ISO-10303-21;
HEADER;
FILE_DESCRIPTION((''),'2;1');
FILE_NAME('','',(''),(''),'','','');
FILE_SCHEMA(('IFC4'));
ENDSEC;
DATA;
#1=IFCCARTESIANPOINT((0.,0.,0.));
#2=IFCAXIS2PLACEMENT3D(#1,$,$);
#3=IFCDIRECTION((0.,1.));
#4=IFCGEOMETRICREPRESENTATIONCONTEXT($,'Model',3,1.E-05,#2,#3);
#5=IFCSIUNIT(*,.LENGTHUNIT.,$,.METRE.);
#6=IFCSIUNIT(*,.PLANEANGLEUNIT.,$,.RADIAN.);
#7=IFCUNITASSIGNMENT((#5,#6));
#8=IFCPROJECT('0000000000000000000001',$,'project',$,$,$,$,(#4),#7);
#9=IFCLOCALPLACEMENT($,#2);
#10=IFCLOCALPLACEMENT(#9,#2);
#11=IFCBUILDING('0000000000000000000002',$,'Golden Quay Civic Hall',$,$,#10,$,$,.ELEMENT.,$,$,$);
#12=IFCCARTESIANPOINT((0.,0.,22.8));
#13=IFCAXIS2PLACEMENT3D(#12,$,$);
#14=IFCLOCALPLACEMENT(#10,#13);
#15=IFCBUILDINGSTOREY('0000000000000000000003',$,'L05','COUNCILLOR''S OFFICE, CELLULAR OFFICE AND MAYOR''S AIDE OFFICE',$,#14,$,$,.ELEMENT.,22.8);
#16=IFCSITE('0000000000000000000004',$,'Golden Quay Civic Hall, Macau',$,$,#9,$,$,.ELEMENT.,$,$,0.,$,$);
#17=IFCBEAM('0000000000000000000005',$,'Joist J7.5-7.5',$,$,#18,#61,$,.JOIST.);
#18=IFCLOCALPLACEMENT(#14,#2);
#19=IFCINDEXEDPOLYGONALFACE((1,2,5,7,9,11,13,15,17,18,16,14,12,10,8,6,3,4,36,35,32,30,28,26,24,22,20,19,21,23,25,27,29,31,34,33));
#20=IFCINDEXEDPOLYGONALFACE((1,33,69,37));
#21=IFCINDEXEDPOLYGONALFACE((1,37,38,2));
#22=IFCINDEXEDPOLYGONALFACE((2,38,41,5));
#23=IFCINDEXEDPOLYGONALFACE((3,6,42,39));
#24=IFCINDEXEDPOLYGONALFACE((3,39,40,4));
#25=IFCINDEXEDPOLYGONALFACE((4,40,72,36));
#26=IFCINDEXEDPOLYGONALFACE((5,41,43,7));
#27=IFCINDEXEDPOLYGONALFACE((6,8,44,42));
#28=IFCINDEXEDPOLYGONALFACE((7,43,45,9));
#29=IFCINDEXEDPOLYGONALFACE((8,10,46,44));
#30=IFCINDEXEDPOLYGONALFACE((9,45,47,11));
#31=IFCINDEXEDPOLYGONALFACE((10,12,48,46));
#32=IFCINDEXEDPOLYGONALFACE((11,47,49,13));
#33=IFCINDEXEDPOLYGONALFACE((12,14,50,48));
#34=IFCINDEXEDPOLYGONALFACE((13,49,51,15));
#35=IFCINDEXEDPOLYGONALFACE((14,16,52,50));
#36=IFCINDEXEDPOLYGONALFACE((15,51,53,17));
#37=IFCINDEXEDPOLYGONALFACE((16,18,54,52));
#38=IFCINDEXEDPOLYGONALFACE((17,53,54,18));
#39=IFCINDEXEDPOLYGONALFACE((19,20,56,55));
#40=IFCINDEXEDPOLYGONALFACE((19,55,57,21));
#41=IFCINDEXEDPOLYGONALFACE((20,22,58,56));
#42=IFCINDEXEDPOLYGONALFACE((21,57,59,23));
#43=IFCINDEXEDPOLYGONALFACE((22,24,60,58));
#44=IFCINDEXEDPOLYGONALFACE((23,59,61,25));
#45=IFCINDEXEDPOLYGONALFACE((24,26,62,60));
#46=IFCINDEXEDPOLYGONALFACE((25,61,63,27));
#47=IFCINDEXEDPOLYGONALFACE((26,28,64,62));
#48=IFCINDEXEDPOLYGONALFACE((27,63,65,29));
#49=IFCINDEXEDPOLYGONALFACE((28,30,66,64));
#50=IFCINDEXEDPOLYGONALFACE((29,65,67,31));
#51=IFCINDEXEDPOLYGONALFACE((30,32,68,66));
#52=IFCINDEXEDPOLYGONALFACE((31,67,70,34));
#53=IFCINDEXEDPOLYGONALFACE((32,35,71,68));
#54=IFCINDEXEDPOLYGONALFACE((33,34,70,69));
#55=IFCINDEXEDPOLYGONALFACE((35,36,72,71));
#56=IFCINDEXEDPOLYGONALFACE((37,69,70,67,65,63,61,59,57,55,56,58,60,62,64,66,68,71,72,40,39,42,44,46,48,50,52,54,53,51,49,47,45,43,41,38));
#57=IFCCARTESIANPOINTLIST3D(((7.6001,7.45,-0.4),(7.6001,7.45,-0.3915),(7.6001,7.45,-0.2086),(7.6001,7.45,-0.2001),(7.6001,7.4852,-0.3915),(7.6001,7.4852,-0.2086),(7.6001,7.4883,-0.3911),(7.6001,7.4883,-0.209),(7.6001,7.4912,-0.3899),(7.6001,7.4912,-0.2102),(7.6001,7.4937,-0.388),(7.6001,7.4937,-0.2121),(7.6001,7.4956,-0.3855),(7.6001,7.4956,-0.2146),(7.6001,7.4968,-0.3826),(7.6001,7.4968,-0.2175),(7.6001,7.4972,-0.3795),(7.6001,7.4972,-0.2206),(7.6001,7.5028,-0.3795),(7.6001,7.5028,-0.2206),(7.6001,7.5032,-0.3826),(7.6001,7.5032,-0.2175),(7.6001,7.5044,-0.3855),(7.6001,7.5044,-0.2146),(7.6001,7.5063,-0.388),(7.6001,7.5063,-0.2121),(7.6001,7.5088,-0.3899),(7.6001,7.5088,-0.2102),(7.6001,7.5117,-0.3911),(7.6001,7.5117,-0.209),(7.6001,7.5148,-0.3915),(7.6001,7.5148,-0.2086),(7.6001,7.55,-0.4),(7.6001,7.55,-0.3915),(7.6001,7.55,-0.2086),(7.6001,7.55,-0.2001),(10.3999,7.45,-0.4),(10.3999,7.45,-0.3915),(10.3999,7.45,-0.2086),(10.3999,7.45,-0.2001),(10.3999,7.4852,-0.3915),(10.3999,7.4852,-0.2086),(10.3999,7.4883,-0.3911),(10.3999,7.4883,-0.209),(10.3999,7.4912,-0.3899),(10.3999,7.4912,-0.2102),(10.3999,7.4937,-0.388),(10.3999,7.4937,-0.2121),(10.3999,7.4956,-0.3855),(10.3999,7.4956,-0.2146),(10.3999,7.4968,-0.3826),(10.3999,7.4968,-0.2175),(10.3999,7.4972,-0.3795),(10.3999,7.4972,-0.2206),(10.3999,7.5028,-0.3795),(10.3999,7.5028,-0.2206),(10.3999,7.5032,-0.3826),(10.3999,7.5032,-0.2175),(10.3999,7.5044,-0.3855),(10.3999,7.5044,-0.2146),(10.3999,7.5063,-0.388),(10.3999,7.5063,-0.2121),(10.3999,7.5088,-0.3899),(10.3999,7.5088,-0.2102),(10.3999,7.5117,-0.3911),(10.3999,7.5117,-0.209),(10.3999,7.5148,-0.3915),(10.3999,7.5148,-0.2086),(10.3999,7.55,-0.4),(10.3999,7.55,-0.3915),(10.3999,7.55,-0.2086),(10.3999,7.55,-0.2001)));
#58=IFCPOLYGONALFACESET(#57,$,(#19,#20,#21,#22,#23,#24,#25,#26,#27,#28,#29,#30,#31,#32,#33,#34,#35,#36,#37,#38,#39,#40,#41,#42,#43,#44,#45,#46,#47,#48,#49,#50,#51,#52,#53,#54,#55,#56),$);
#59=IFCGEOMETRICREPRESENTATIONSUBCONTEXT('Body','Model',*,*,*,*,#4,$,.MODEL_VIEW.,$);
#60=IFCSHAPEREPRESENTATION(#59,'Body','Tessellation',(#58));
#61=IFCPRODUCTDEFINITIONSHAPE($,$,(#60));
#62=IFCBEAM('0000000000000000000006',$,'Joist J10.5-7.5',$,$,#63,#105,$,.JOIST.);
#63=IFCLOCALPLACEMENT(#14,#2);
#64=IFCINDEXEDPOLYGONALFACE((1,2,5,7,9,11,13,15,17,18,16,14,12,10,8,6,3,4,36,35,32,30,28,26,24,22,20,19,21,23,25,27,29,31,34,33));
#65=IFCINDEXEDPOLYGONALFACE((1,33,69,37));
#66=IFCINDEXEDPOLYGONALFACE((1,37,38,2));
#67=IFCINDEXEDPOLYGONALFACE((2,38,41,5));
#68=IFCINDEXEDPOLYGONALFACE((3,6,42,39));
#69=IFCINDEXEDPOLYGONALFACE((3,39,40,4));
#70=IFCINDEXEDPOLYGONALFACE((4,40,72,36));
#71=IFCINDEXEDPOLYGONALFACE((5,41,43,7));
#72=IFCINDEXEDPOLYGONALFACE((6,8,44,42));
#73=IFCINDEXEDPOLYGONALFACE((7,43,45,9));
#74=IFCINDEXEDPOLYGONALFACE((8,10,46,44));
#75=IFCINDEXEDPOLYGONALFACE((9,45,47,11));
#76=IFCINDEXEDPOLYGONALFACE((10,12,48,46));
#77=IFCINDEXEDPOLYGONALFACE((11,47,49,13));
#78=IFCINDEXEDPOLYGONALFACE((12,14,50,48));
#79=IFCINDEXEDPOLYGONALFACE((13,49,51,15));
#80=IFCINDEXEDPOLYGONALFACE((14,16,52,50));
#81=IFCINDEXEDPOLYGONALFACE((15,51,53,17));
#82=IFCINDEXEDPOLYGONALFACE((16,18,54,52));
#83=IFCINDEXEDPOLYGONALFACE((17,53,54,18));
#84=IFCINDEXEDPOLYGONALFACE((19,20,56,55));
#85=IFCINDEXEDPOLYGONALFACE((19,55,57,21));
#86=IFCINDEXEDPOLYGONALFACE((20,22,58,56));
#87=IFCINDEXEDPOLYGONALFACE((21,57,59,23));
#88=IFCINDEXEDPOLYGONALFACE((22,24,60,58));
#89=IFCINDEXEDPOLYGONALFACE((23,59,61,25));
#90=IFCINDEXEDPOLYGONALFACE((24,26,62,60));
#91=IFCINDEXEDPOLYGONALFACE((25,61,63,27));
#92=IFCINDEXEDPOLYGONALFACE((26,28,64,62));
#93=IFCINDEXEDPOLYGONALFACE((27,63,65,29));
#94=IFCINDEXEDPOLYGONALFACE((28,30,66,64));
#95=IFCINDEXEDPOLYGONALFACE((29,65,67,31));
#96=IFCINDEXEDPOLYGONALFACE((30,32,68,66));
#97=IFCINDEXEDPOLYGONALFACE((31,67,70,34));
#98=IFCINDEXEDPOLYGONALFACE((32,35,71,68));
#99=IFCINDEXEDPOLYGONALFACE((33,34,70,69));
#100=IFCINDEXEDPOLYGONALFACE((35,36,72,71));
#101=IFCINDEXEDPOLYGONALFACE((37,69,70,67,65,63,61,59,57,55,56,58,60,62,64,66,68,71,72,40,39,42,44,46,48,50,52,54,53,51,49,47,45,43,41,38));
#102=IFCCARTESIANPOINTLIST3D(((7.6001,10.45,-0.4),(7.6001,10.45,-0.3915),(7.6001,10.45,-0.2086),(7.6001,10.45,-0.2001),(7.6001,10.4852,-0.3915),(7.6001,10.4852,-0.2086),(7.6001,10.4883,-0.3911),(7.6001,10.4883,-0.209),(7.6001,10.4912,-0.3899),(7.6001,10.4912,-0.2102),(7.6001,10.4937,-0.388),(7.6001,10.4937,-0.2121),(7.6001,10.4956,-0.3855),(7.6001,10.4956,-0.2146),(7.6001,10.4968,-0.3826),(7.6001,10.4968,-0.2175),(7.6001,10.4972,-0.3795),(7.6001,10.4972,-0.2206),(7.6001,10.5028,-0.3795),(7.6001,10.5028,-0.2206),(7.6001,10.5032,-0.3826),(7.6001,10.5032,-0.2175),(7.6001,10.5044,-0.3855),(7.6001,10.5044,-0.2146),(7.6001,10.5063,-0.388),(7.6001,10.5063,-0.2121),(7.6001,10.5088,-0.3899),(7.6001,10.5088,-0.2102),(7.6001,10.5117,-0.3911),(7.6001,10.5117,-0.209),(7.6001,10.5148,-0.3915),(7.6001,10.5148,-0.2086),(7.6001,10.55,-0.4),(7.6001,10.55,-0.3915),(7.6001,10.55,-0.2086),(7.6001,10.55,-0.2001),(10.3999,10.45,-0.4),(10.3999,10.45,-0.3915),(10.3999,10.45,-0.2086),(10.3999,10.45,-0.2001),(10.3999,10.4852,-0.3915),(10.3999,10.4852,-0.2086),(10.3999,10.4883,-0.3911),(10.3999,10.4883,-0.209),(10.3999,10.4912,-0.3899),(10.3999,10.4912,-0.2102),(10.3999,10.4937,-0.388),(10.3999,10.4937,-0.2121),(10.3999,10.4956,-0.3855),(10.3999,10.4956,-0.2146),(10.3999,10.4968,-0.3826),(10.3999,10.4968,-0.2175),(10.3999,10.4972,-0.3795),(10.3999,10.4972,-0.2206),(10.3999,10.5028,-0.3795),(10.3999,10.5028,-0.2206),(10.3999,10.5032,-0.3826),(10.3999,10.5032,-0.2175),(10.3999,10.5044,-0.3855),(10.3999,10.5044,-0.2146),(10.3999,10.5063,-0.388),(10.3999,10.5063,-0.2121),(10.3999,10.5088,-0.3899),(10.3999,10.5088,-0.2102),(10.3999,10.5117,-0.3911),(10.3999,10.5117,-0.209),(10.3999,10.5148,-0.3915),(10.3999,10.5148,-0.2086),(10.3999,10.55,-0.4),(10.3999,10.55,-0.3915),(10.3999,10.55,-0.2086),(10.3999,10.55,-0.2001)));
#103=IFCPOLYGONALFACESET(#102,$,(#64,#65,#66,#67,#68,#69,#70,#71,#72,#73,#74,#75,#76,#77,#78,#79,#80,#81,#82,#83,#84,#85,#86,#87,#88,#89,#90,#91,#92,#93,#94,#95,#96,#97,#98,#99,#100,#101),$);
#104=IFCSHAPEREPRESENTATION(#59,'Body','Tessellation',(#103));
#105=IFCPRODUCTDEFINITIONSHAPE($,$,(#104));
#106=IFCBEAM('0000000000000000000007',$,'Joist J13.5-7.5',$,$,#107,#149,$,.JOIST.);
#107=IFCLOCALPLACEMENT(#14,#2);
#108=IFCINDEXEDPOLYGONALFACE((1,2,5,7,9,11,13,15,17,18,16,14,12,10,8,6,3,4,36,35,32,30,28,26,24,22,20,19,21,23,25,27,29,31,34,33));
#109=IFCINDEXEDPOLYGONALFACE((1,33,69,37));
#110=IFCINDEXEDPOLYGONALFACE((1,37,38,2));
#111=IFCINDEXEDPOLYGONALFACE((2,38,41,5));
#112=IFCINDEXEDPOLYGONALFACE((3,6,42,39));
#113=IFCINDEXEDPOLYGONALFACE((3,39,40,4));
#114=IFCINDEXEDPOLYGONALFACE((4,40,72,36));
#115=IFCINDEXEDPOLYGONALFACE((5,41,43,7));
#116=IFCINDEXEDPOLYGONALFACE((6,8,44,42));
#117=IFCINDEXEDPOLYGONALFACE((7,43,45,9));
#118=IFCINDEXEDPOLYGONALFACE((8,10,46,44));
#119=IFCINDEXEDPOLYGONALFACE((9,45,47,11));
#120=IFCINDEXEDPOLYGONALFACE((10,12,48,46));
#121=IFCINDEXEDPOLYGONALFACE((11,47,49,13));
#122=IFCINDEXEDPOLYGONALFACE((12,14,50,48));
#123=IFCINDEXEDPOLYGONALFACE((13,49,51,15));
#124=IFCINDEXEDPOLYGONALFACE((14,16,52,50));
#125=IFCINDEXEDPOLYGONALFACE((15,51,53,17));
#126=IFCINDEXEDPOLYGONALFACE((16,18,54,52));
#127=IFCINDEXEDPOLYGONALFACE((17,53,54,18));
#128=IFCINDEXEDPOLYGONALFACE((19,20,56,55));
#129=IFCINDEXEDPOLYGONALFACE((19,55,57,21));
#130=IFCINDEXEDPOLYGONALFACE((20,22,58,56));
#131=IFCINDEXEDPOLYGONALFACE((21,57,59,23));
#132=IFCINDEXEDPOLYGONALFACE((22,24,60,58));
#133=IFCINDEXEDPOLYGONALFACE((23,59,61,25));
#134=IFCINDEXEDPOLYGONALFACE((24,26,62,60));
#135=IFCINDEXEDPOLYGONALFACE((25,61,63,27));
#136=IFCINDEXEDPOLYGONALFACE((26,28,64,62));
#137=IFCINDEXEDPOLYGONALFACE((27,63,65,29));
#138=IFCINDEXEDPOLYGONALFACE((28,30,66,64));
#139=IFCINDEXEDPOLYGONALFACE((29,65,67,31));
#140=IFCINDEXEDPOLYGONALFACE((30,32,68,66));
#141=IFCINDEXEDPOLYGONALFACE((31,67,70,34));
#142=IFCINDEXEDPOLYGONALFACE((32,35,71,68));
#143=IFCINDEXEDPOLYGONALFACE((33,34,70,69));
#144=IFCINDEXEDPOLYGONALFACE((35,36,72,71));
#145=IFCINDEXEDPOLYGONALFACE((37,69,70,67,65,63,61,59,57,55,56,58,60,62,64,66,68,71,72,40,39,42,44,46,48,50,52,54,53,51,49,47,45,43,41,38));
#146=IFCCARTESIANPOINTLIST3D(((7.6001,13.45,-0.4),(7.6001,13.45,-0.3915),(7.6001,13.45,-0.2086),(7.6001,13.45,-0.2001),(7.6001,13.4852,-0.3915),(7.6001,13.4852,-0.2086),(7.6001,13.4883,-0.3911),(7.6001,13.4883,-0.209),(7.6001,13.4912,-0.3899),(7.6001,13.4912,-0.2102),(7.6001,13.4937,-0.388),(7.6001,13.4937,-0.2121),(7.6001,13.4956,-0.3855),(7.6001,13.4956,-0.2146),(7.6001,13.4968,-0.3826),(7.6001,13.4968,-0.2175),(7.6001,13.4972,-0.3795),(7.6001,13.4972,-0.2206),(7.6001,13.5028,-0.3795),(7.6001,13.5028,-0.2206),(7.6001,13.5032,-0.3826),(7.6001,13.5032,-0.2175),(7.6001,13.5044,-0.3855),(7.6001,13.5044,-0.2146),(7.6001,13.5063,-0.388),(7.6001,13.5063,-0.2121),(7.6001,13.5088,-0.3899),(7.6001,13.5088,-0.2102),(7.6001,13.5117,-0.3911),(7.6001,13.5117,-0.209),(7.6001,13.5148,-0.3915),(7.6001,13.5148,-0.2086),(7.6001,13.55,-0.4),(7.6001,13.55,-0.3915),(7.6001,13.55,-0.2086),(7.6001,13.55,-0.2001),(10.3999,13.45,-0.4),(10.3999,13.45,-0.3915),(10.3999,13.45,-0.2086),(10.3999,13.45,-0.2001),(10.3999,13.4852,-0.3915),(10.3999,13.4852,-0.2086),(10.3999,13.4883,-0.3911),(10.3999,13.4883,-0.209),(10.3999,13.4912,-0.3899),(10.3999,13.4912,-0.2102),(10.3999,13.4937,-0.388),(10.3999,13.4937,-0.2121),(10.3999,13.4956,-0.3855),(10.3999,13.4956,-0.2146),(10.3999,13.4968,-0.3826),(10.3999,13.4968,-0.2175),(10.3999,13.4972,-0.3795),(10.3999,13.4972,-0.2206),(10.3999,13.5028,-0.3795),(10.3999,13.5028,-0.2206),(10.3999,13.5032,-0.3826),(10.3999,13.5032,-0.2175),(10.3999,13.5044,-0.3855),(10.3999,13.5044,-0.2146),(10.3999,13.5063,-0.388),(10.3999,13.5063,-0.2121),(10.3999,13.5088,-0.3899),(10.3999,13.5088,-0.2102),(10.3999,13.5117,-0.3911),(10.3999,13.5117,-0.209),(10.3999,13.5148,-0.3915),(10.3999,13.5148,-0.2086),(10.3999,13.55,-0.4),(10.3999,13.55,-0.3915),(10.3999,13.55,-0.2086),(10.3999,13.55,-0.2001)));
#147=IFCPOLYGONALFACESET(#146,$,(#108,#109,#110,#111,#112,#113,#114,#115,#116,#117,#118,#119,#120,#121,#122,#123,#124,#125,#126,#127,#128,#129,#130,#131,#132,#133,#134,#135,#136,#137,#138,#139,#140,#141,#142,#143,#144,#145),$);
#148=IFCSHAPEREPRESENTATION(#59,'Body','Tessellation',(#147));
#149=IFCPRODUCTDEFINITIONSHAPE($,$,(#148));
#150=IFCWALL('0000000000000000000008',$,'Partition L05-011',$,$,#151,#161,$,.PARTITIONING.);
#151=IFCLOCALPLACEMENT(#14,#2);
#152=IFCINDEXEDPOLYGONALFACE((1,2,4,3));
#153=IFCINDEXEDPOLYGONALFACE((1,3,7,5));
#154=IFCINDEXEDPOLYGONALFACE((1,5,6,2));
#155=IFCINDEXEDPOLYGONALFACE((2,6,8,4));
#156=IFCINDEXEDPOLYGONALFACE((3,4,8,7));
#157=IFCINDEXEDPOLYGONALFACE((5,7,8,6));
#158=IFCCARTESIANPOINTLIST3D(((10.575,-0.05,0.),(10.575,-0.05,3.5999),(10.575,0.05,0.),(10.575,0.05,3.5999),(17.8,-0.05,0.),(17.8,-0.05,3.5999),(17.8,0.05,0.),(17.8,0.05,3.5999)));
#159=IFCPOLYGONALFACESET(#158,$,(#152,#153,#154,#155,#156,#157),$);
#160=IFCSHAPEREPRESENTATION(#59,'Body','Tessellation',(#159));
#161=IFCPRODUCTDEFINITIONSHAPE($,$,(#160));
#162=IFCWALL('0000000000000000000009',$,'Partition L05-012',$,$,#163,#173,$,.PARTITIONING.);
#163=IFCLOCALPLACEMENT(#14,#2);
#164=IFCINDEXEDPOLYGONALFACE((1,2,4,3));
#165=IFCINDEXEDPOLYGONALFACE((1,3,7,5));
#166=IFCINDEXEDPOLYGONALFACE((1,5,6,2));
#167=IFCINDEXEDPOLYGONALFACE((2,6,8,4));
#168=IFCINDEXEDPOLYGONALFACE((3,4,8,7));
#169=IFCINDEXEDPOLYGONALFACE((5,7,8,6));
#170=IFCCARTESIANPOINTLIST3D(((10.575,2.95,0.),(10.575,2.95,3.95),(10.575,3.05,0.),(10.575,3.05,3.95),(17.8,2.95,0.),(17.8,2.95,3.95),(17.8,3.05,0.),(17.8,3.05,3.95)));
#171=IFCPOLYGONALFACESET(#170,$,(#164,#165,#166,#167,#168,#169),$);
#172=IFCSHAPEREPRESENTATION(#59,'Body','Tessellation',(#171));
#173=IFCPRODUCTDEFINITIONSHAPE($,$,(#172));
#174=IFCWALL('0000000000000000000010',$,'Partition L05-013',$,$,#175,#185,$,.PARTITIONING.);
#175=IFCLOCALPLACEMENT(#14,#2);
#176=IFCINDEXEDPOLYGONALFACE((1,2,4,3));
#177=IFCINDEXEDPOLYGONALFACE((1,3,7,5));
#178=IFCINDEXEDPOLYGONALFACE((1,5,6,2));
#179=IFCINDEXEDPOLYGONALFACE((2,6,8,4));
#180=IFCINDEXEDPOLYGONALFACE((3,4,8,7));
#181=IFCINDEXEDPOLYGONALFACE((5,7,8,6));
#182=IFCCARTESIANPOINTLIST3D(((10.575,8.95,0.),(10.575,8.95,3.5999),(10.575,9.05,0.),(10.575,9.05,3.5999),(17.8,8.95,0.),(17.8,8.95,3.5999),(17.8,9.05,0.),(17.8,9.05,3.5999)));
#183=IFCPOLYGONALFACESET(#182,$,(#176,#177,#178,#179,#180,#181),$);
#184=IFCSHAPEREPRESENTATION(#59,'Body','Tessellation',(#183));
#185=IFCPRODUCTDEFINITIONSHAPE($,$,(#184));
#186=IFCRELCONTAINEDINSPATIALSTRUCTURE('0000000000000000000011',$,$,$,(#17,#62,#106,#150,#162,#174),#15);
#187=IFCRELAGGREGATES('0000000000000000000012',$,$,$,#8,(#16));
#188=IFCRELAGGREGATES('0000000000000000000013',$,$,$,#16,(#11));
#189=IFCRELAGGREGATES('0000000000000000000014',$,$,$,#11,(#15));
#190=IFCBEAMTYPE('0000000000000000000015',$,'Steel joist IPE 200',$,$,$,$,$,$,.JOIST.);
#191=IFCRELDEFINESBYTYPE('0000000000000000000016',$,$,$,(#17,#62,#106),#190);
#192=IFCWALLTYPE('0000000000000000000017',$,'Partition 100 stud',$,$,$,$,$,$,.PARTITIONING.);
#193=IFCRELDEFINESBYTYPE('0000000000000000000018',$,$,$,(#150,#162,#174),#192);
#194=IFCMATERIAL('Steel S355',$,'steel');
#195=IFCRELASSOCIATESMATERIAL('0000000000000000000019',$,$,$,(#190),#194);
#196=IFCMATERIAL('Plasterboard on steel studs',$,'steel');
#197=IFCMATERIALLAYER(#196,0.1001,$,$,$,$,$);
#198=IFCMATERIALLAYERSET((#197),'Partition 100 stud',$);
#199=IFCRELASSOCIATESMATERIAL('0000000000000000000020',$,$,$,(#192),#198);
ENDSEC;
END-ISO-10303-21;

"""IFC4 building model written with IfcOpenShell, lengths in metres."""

from ifc_helpers import new_model, si_unit, direction, frame, frame_2d, origin, origin_2d, place, context, subcontext, project, spatial, rectangle, i_section, extrude, material, layer, layer_set, material_profile, profile_set, type_object, element, save


model = new_model("IFC4")

# Units and contexts
model_context = context("Model", 3, precision=1e-05, world=origin(), true_north=direction((0.0, 1.0)))
body_context = subcontext(model_context, "Body", "Model", "MODEL_VIEW")
ifc_project = project(units=[si_unit("LENGTHUNIT", "METRE"), si_unit("PLANEANGLEUNIT", "RADIAN")], contexts=[model_context])

# Site, building, storey
site_placement = place(None, origin())
site = spatial("IfcSite", under=ifc_project, at=site_placement, Name="Golden Quay Civic Hall, Macau", CompositionType="ELEMENT", RefElevation=0.0)
building_placement = place(site_placement, origin())
building = spatial("IfcBuilding", under=site, at=building_placement, Name="Golden Quay Civic Hall", CompositionType="ELEMENT")
storey_placement = place(building_placement, frame((0.0, 0.0, 22.8)))
storey = spatial("IfcBuildingStorey", under=building, at=storey_placement, Name="L05", Description="COUNCILLOR'S OFFICE, CELLULAR OFFICE AND MAYOR'S AIDE OFFICE", CompositionType="ELEMENT", Elevation=22.8)

# Beams
ifc_material_1 = material(Name="Steel S355", Category="steel")
ifc_material_profile_1 = material_profile(ifc_material_1, i_section(OverallWidth=0.1001, OverallDepth=0.2, WebThickness=0.0056, FlangeThickness=0.0085, FilletRadius=0.012, at=origin_2d()), Name="IPE 200")
ifc_profile_set_1 = profile_set([ifc_material_profile_1], Name="Steel S355")
beam_type_1 = type_object("IfcBeamType", Name="Steel joist IPE 200", PredefinedType="JOIST", material=ifc_profile_set_1)
for number, where, z_axis, x_axis, name in (
    (1, (7.6001, 7.5, -0.3), (1.0, 0.0, 0.0), (0.0, 1.0, 0.0), "Joist J7.5-7.5"),
    (2, (7.6001, 10.5, -0.3), (1.0, 0.0, 0.0), (0.0, 1.0, 0.0), "Joist J10.5-7.5"),
    (3, (7.6001, 13.5, -0.3), (1.0, 0.0, 0.0), (0.0, 1.0, 0.0), "Joist J13.5-7.5"),
):
    element("IfcBeam", number, at=place(storey_placement, frame(where, z_axis=z_axis, x_axis=x_axis)), inside=storey, type_object=beam_type_1, Name=name, PredefinedType="JOIST", context=body_context, shape_type="SweptSolid", body=[
        extrude(i_section(OverallWidth=0.1001, OverallDepth=0.2, WebThickness=0.0056, FlangeThickness=0.0085, FilletRadius=0.012, at=origin_2d()), origin(), (0.0, 0.0, 1.0), 2.7998),
    ])

# Walls
ifc_material_2 = material(Name="Plasterboard on steel studs", Category="steel")
ifc_layer_1 = layer(ifc_material_2, 0.1001)
ifc_layer_set_1 = layer_set([ifc_layer_1], Name="Partition 100 stud")
wall_type_1 = type_object("IfcWallType", Name="Partition 100 stud", PredefinedType="PARTITIONING", material=ifc_layer_set_1)
wall_1_placement = place(storey_placement, frame((10.575, 0.0, 0.0), z_axis=(0.0, 0.0, 1.0), x_axis=(1.0, 0.0, 0.0)))
element("IfcWall", 4, at=wall_1_placement, inside=storey, type_object=wall_type_1, Name="Partition L05-011", PredefinedType="PARTITIONING", context=body_context, shape_type="SweptSolid", body=[
    extrude(rectangle(XDim=7.2251, YDim=0.1001, at=frame_2d((3.6125, 0.0))), origin(), (0.0, 0.0, 1.0), 3.5999),
])
wall_2_placement = place(storey_placement, frame((10.575, 3.0, 0.0), z_axis=(0.0, 0.0, 1.0), x_axis=(1.0, 0.0, 0.0)))
element("IfcWall", 5, at=wall_2_placement, inside=storey, type_object=wall_type_1, Name="Partition L05-012", PredefinedType="PARTITIONING", context=body_context, shape_type="SweptSolid", body=[
    extrude(rectangle(XDim=7.2251, YDim=0.1001, at=frame_2d((3.6125, 0.0))), origin(), (0.0, 0.0, 1.0), 3.95),
])
wall_3_placement = place(storey_placement, frame((10.575, 9.0, 0.0), z_axis=(0.0, 0.0, 1.0), x_axis=(1.0, 0.0, 0.0)))
element("IfcWall", 6, at=wall_3_placement, inside=storey, type_object=wall_type_1, Name="Partition L05-013", PredefinedType="PARTITIONING", context=body_context, shape_type="SweptSolid", body=[
    extrude(rectangle(XDim=7.2251, YDim=0.1001, at=frame_2d((3.6125, 0.0))), origin(), (0.0, 0.0, 1.0), 3.5999),
])

save(model, "model.ifc")
